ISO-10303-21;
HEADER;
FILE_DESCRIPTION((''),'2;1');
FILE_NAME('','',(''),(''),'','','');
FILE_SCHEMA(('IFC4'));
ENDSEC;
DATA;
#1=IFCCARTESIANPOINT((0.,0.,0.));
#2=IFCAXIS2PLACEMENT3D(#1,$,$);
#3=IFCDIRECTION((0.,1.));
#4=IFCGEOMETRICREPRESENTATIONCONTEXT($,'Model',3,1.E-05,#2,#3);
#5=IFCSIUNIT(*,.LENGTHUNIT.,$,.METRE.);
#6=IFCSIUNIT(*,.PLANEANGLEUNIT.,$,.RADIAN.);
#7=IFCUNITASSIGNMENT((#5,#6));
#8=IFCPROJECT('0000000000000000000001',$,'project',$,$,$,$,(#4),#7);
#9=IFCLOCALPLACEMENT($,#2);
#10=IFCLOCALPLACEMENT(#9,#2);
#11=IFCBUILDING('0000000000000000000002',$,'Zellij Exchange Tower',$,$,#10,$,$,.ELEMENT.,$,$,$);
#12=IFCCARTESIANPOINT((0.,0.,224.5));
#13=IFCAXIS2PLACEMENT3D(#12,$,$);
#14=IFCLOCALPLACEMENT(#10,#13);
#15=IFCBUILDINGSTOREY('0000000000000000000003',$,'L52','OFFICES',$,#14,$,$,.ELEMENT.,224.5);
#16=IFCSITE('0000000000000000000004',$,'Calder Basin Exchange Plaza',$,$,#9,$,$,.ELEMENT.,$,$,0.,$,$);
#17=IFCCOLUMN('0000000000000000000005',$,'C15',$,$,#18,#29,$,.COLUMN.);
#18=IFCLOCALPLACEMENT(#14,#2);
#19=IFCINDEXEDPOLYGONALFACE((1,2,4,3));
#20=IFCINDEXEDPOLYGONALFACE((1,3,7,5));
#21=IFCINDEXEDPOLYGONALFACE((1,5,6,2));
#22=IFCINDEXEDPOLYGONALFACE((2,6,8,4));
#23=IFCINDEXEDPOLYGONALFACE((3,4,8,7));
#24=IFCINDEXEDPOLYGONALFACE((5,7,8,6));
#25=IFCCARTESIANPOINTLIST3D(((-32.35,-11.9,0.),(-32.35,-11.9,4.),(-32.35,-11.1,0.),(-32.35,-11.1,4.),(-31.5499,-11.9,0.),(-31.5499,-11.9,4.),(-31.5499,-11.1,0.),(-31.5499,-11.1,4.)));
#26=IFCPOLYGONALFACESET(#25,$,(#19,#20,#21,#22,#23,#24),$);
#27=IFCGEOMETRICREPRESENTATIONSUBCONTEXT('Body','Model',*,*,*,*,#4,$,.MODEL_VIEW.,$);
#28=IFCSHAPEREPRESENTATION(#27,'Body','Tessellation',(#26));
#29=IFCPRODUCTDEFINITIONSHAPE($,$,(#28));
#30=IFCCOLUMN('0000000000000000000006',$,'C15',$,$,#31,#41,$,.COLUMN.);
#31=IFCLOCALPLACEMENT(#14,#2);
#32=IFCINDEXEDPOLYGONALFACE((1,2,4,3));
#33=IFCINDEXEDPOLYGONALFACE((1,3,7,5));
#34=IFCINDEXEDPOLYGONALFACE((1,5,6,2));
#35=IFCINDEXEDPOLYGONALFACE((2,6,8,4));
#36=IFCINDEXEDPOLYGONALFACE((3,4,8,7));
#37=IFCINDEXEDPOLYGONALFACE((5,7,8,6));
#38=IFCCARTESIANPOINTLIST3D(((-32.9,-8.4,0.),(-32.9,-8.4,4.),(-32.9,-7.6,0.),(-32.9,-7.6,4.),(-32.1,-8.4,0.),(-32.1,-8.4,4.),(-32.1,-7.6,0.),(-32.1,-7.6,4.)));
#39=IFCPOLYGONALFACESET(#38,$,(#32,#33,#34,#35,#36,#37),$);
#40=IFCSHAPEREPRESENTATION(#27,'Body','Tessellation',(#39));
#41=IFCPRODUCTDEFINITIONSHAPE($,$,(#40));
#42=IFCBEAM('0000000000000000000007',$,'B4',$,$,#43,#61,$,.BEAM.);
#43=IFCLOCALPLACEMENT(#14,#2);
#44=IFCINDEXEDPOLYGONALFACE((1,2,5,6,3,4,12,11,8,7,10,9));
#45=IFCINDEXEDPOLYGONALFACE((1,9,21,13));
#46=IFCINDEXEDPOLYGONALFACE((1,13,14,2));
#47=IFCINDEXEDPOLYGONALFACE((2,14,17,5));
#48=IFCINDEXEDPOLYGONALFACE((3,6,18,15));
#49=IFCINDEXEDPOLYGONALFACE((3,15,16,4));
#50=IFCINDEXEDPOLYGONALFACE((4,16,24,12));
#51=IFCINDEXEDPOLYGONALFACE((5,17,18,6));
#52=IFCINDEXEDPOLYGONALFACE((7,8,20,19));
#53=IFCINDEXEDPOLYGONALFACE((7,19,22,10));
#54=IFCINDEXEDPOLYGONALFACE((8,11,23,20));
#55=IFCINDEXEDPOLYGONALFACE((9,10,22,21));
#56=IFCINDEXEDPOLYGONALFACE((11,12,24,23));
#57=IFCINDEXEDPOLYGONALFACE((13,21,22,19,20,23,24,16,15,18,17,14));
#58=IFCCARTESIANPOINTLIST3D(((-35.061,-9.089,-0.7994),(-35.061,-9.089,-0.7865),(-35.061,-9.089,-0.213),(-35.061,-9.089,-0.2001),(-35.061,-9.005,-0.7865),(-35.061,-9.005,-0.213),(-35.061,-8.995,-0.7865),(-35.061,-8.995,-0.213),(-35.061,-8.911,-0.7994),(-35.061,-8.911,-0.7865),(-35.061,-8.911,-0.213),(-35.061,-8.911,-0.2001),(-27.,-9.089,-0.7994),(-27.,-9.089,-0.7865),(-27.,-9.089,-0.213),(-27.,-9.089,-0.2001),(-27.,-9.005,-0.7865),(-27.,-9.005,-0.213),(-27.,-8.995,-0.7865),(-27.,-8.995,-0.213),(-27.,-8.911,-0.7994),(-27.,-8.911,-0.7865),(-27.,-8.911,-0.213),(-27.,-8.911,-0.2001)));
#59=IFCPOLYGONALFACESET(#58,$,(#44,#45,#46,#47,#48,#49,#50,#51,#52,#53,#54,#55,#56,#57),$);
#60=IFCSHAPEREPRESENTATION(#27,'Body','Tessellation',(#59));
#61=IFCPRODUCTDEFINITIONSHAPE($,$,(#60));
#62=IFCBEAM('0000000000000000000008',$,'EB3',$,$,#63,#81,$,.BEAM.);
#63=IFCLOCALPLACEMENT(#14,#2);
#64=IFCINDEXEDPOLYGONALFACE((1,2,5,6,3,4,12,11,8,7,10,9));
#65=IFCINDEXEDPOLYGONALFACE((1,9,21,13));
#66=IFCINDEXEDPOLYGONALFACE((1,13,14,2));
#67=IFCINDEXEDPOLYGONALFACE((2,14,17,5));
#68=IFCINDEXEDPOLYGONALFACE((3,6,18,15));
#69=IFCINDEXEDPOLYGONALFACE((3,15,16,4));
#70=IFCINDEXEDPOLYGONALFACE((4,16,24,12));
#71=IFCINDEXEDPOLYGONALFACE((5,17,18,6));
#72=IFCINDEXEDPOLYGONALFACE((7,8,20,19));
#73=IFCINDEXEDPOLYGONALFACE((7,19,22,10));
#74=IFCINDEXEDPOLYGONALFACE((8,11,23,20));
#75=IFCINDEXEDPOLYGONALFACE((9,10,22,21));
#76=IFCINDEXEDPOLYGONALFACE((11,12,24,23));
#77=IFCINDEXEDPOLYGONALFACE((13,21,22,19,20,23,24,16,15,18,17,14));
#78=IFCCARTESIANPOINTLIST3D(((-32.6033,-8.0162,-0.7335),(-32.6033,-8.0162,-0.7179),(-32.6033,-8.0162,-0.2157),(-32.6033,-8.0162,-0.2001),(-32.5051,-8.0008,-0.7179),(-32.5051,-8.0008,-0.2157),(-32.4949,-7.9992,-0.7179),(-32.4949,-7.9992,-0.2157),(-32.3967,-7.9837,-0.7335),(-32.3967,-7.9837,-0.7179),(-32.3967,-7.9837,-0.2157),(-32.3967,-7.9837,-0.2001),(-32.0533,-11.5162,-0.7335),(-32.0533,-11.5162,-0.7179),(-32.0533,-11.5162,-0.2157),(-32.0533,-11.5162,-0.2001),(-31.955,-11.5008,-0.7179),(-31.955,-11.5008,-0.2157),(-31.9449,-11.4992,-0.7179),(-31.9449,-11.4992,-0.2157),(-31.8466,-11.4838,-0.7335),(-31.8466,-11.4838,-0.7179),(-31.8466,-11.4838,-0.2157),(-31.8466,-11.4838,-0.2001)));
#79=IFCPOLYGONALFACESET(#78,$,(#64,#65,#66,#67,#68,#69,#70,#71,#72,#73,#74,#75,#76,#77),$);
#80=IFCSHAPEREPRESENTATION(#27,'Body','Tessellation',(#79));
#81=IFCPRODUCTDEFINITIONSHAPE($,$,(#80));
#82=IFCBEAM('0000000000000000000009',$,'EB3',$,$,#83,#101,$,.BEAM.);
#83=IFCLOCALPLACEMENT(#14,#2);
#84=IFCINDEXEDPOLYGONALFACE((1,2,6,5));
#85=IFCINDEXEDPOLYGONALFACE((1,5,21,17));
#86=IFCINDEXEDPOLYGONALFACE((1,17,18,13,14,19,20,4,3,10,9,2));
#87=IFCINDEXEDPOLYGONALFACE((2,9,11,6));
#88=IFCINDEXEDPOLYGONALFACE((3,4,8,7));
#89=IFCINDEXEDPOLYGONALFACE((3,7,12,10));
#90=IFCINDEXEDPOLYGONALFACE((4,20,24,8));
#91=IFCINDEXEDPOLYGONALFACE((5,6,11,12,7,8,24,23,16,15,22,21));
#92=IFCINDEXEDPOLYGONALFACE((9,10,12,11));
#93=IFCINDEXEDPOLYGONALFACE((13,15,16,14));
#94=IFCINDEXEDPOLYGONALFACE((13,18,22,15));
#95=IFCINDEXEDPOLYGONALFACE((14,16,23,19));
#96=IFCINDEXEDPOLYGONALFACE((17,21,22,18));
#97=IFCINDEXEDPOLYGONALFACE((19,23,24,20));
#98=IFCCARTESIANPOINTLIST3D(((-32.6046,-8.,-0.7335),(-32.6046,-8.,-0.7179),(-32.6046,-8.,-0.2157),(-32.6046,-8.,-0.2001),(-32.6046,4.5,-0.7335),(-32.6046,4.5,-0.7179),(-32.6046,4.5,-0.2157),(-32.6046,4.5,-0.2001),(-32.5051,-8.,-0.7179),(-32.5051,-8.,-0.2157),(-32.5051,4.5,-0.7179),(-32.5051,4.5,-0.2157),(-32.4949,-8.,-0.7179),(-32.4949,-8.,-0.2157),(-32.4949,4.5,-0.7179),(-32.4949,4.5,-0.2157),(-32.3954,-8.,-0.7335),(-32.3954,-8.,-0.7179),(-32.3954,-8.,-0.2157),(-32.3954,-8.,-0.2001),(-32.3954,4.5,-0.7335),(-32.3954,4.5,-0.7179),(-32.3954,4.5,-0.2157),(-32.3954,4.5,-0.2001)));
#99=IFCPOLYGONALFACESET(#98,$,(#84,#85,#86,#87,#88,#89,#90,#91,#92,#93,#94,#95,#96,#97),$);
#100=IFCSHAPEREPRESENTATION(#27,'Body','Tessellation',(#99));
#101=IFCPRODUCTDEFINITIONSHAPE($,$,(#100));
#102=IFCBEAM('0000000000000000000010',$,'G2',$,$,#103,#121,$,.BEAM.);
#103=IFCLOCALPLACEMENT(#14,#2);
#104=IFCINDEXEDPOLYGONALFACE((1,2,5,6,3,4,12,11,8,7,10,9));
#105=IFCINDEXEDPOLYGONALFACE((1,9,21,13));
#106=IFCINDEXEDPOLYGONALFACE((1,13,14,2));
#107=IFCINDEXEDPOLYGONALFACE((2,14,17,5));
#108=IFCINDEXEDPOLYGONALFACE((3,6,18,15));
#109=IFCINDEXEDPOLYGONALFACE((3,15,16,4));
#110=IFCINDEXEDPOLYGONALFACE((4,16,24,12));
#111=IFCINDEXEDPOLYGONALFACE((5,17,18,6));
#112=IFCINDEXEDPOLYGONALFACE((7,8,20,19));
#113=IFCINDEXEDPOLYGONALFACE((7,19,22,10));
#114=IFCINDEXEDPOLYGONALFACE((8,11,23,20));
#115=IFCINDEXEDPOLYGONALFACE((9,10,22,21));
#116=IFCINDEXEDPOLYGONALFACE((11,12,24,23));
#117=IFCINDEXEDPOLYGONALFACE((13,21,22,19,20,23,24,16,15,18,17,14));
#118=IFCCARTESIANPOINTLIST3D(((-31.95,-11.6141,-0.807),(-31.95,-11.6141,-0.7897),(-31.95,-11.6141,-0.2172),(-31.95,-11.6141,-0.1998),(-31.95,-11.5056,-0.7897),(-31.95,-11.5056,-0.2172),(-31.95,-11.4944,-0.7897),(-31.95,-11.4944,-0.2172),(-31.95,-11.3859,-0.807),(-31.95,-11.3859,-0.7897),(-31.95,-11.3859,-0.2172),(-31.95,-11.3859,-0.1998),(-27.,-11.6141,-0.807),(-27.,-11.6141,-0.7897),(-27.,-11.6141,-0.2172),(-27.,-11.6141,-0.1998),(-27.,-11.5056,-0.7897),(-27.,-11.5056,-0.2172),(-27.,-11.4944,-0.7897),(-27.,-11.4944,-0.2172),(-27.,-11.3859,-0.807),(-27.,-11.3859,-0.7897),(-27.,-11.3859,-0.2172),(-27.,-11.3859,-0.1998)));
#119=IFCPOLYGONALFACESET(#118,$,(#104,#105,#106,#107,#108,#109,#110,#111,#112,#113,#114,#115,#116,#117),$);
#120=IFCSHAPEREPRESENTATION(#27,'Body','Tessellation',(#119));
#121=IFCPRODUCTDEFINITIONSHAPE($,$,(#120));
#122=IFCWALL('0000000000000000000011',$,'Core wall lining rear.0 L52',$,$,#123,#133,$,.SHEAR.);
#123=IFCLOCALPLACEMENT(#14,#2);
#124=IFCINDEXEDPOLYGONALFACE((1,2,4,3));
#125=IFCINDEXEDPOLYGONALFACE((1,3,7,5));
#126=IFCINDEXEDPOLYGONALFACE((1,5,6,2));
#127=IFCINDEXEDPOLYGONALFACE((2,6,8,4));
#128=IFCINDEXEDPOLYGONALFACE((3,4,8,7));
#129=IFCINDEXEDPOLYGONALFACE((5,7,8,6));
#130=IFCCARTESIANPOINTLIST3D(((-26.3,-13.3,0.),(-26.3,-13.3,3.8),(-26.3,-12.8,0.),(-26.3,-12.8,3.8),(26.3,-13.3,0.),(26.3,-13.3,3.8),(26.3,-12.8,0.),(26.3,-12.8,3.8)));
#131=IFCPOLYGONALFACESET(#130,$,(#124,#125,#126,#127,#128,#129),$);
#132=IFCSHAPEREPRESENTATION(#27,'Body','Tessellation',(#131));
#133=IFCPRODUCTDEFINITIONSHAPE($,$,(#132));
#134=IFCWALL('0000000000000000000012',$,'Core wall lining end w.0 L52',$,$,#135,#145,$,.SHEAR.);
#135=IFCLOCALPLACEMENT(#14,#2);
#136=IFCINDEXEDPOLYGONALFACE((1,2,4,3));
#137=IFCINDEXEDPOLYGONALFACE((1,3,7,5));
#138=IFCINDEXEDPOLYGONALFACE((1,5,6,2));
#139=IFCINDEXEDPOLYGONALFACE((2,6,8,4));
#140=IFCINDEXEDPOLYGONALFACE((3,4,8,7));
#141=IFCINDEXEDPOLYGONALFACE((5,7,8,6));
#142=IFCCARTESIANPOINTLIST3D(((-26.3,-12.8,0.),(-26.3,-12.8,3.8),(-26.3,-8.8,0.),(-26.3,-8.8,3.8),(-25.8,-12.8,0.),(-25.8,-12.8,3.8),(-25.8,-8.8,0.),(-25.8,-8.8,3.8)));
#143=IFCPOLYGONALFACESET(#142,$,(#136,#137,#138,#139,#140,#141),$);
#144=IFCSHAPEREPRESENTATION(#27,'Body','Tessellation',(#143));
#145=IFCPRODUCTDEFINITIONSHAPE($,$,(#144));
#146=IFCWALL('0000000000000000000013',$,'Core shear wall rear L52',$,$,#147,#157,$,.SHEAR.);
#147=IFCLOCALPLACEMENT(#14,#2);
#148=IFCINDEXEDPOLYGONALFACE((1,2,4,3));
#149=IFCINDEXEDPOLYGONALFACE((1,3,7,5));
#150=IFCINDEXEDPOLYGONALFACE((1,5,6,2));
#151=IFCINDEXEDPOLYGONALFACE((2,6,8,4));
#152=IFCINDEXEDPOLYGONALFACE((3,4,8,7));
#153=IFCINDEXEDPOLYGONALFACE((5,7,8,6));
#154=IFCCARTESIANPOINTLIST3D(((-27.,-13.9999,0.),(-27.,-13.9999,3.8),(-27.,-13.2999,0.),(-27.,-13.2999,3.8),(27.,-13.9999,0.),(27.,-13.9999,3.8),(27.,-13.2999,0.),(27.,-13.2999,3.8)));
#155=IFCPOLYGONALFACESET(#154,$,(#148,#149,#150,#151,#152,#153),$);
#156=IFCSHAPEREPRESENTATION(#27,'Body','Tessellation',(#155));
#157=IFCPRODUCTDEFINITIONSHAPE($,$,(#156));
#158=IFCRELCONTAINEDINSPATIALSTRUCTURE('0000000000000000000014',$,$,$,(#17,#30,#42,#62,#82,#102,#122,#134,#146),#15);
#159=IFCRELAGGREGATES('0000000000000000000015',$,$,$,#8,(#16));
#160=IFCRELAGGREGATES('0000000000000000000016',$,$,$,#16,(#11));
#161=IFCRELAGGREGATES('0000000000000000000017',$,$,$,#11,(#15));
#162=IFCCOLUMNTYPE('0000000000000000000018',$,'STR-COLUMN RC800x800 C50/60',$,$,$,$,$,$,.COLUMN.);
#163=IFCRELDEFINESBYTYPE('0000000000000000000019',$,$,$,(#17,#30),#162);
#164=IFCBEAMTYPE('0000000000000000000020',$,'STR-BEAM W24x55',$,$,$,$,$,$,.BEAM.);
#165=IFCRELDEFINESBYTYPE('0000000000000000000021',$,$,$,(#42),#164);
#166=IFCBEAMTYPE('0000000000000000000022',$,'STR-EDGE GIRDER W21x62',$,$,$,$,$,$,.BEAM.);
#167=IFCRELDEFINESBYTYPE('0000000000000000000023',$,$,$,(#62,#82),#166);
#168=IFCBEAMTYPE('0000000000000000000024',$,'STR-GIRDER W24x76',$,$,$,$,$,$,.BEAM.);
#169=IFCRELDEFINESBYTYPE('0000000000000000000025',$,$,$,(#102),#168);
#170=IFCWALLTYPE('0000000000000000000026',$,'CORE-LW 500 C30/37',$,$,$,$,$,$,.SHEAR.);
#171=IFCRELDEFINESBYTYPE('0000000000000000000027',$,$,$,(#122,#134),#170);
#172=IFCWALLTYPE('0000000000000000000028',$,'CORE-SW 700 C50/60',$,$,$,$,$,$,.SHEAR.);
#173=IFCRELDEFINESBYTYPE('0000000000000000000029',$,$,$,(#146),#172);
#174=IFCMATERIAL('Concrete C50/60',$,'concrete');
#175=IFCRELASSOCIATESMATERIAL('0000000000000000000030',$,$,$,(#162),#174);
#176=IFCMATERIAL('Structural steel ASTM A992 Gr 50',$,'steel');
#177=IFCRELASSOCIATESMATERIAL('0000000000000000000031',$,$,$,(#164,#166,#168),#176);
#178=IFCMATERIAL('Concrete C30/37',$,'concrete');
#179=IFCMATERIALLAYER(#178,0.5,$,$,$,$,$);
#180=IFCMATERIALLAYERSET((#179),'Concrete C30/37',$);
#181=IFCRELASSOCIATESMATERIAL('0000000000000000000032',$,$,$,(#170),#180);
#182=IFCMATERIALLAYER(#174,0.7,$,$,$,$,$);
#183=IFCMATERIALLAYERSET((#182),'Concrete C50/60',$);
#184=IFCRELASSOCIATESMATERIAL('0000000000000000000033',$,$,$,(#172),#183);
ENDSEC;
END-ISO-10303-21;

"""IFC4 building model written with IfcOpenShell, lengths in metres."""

from ifc_helpers import new_model, si_unit, direction, frame, frame_2d, origin, origin_2d, place, context, subcontext, project, spatial, rectangle, i_section, extrude, material, layer, layer_set, material_profile, profile_set, type_object, element, save


model = new_model("IFC4")

# Units and contexts
model_context = context("Model", 3, precision=1e-05, world=origin(), true_north=direction((0.0, 1.0)))
body_context = subcontext(model_context, "Body", "Model", "MODEL_VIEW")
ifc_project = project(units=[si_unit("LENGTHUNIT", "METRE"), si_unit("PLANEANGLEUNIT", "RADIAN")], contexts=[model_context])

# Site, building, storey
site_placement = place(None, origin())
site = spatial("IfcSite", under=ifc_project, at=site_placement, Name="Calder Basin Exchange Plaza", CompositionType="ELEMENT", RefElevation=0.0)
building_placement = place(site_placement, origin())
building = spatial("IfcBuilding", under=site, at=building_placement, Name="Zellij Exchange Tower", CompositionType="ELEMENT")
storey_placement = place(building_placement, frame((0.0, 0.0, 224.5)))
storey = spatial("IfcBuildingStorey", under=building, at=storey_placement, Name="L52", Description="OFFICES", CompositionType="ELEMENT", Elevation=224.5)

# Columns
ifc_material_1 = material(Name="Concrete C50/60", Category="concrete")
ifc_material_profile_1 = material_profile(ifc_material_1, rectangle(XDim=0.8, YDim=0.8, at=origin_2d()), Name="STR-COLUMN RC800x800 C50/60")
ifc_profile_set_1 = profile_set([ifc_material_profile_1], Name="Concrete C50/60")
column_type = type_object("IfcColumnType", Name="STR-COLUMN RC800x800 C50/60", PredefinedType="COLUMN", material=ifc_profile_set_1)
for number, where, z_axis, x_axis, name in (
    (1, (-31.95, -11.5, 0.0), (0.0, 0.0, 1.0), (1.0, 0.0, 0.0), "C15"),
    (2, (-32.5, -8.0, 0.0), (0.0, 0.0, 1.0), (1.0, 0.0, 0.0), "C15"),
):
    element("IfcColumn", number, at=place(storey_placement, frame(where, z_axis=z_axis, x_axis=x_axis)), inside=storey, type_object=column_type, Name=name, PredefinedType="COLUMN", context=body_context, shape_type="SweptSolid", body=[
        extrude(rectangle(XDim=0.8, YDim=0.8, at=origin_2d()), origin(), (0.0, 0.0, 1.0), 4.0),
    ])

# Beams
ifc_material_2 = material(Name="Structural steel ASTM A992 Gr 50", Category="steel")
ifc_material_profile_2 = material_profile(ifc_material_2, i_section(OverallWidth=0.178, OverallDepth=0.5994, WebThickness=0.01, FlangeThickness=0.0129, at=origin_2d()), Name="W24x55")
ifc_profile_set_2 = profile_set([ifc_material_profile_2], Name="Structural steel ASTM A992 Gr 50")
beam_type_1 = type_object("IfcBeamType", Name="STR-BEAM W24x55", PredefinedType="BEAM", material=ifc_profile_set_2)
beam_1_placement = place(storey_placement, frame((-35.061, -9.0, -0.4998), z_axis=(1.0, 0.0, 0.0), x_axis=(0.0, 1.0, 0.0)))
element("IfcBeam", 3, at=beam_1_placement, inside=storey, type_object=beam_type_1, Name="B4", PredefinedType="BEAM", context=body_context, shape_type="SweptSolid", body=[
    extrude(i_section(OverallWidth=0.178, OverallDepth=0.5994, WebThickness=0.01, FlangeThickness=0.0129, at=origin_2d()), origin(), (0.0, 0.0, 1.0), 8.061),
])
ifc_material_profile_3 = material_profile(ifc_material_2, i_section(OverallWidth=0.2092, OverallDepth=0.5334, WebThickness=0.0103, FlangeThickness=0.0156, at=origin_2d()), Name="W21x62")
ifc_profile_set_3 = profile_set([ifc_material_profile_3], Name="Structural steel ASTM A992 Gr 50")
beam_type_2 = type_object("IfcBeamType", Name="STR-EDGE GIRDER W21x62", PredefinedType="BEAM", material=ifc_profile_set_3)
beam_2_placement = place(storey_placement, frame((-31.95, -11.5, -0.4668), z_axis=(-0.155251, 0.987875, 0.0), x_axis=(-0.987875, -0.155251, 0.0)))
element("IfcBeam", 4, at=beam_2_placement, inside=storey, type_object=beam_type_2, Name="EB3", PredefinedType="BEAM", context=body_context, shape_type="SweptSolid", body=[
    extrude(i_section(OverallWidth=0.2092, OverallDepth=0.5334, WebThickness=0.0103, FlangeThickness=0.0156, at=origin_2d()), origin(), (0.0, 0.0, 1.0), 3.543),
])
beam_3_placement = place(storey_placement, frame((-32.5, -8.0, -0.4668), z_axis=(0.0, 1.0, 0.0), x_axis=(-1.0, 0.0, 0.0)))
element("IfcBeam", 5, at=beam_3_placement, inside=storey, type_object=beam_type_2, Name="EB3", PredefinedType="BEAM", context=body_context, shape_type="SweptSolid", body=[
    extrude(i_section(OverallWidth=0.2092, OverallDepth=0.5334, WebThickness=0.0103, FlangeThickness=0.0156, at=origin_2d()), origin(), (0.0, 0.0, 1.0), 12.5),
])
ifc_material_profile_4 = material_profile(ifc_material_2, i_section(OverallWidth=0.2283, OverallDepth=0.6072, WebThickness=0.0112, FlangeThickness=0.0173, at=origin_2d()), Name="W24x76")
ifc_profile_set_4 = profile_set([ifc_material_profile_4], Name="Structural steel ASTM A992 Gr 50")
beam_type_3 = type_object("IfcBeamType", Name="STR-GIRDER W24x76", PredefinedType="BEAM", material=ifc_profile_set_4)
beam_4_placement = place(storey_placement, frame((-31.95, -11.5, -0.5034), z_axis=(1.0, 0.0, 0.0), x_axis=(0.0, 1.0, 0.0)))
element("IfcBeam", 6, at=beam_4_placement, inside=storey, type_object=beam_type_3, Name="G2", PredefinedType="BEAM", context=body_context, shape_type="SweptSolid", body=[
    extrude(i_section(OverallWidth=0.2283, OverallDepth=0.6072, WebThickness=0.0112, FlangeThickness=0.0173, at=origin_2d()), origin(), (0.0, 0.0, 1.0), 4.95),
])

# Walls
ifc_material_3 = material(Name="Concrete C30/37", Category="concrete")
ifc_layer_1 = layer(ifc_material_3, 0.5)
ifc_layer_set_1 = layer_set([ifc_layer_1], Name="Concrete C30/37")
wall_type_1 = type_object("IfcWallType", Name="CORE-LW 500 C30/37", PredefinedType="SHEAR", material=ifc_layer_set_1)
wall_1_placement = place(storey_placement, frame((-26.3, -13.05, 0.0), z_axis=(0.0, 0.0, 1.0), x_axis=(1.0, 0.0, 0.0)))
element("IfcWall", 7, at=wall_1_placement, inside=storey, type_object=wall_type_1, Name="Core wall lining rear.0 L52", PredefinedType="SHEAR", context=body_context, shape_type="SweptSolid", body=[
    extrude(rectangle(XDim=52.6001, YDim=0.5, at=frame_2d((26.3, 0.0))), origin(), (0.0, 0.0, 1.0), 3.8),
])
wall_2_placement = place(storey_placement, frame((-26.05, -12.8, 0.0), z_axis=(0.0, 0.0, 1.0), x_axis=(0.0, 1.0, 0.0)))
element("IfcWall", 8, at=wall_2_placement, inside=storey, type_object=wall_type_1, Name="Core wall lining end w.0 L52", PredefinedType="SHEAR", context=body_context, shape_type="SweptSolid", body=[
    extrude(rectangle(XDim=4.0, YDim=0.5, at=frame_2d((2.0, 0.0))), origin(), (0.0, 0.0, 1.0), 3.8),
])
ifc_layer_2 = layer(ifc_material_1, 0.7)
ifc_layer_set_2 = layer_set([ifc_layer_2], Name="Concrete C50/60")
wall_type_2 = type_object("IfcWallType", Name="CORE-SW 700 C50/60", PredefinedType="SHEAR", material=ifc_layer_set_2)
wall_3_placement = place(storey_placement, frame((-27.0, -13.6499, 0.0), z_axis=(0.0, 0.0, 1.0), x_axis=(1.0, 0.0, 0.0)))
element("IfcWall", 9, at=wall_3_placement, inside=storey, type_object=wall_type_2, Name="Core shear wall rear L52", PredefinedType="SHEAR", context=body_context, shape_type="SweptSolid", body=[
    extrude(rectangle(XDim=54.0, YDim=0.7, at=frame_2d((27.0, 0.0))), origin(), (0.0, 0.0, 1.0), 3.8),
])

save(model, "model.ifc")
